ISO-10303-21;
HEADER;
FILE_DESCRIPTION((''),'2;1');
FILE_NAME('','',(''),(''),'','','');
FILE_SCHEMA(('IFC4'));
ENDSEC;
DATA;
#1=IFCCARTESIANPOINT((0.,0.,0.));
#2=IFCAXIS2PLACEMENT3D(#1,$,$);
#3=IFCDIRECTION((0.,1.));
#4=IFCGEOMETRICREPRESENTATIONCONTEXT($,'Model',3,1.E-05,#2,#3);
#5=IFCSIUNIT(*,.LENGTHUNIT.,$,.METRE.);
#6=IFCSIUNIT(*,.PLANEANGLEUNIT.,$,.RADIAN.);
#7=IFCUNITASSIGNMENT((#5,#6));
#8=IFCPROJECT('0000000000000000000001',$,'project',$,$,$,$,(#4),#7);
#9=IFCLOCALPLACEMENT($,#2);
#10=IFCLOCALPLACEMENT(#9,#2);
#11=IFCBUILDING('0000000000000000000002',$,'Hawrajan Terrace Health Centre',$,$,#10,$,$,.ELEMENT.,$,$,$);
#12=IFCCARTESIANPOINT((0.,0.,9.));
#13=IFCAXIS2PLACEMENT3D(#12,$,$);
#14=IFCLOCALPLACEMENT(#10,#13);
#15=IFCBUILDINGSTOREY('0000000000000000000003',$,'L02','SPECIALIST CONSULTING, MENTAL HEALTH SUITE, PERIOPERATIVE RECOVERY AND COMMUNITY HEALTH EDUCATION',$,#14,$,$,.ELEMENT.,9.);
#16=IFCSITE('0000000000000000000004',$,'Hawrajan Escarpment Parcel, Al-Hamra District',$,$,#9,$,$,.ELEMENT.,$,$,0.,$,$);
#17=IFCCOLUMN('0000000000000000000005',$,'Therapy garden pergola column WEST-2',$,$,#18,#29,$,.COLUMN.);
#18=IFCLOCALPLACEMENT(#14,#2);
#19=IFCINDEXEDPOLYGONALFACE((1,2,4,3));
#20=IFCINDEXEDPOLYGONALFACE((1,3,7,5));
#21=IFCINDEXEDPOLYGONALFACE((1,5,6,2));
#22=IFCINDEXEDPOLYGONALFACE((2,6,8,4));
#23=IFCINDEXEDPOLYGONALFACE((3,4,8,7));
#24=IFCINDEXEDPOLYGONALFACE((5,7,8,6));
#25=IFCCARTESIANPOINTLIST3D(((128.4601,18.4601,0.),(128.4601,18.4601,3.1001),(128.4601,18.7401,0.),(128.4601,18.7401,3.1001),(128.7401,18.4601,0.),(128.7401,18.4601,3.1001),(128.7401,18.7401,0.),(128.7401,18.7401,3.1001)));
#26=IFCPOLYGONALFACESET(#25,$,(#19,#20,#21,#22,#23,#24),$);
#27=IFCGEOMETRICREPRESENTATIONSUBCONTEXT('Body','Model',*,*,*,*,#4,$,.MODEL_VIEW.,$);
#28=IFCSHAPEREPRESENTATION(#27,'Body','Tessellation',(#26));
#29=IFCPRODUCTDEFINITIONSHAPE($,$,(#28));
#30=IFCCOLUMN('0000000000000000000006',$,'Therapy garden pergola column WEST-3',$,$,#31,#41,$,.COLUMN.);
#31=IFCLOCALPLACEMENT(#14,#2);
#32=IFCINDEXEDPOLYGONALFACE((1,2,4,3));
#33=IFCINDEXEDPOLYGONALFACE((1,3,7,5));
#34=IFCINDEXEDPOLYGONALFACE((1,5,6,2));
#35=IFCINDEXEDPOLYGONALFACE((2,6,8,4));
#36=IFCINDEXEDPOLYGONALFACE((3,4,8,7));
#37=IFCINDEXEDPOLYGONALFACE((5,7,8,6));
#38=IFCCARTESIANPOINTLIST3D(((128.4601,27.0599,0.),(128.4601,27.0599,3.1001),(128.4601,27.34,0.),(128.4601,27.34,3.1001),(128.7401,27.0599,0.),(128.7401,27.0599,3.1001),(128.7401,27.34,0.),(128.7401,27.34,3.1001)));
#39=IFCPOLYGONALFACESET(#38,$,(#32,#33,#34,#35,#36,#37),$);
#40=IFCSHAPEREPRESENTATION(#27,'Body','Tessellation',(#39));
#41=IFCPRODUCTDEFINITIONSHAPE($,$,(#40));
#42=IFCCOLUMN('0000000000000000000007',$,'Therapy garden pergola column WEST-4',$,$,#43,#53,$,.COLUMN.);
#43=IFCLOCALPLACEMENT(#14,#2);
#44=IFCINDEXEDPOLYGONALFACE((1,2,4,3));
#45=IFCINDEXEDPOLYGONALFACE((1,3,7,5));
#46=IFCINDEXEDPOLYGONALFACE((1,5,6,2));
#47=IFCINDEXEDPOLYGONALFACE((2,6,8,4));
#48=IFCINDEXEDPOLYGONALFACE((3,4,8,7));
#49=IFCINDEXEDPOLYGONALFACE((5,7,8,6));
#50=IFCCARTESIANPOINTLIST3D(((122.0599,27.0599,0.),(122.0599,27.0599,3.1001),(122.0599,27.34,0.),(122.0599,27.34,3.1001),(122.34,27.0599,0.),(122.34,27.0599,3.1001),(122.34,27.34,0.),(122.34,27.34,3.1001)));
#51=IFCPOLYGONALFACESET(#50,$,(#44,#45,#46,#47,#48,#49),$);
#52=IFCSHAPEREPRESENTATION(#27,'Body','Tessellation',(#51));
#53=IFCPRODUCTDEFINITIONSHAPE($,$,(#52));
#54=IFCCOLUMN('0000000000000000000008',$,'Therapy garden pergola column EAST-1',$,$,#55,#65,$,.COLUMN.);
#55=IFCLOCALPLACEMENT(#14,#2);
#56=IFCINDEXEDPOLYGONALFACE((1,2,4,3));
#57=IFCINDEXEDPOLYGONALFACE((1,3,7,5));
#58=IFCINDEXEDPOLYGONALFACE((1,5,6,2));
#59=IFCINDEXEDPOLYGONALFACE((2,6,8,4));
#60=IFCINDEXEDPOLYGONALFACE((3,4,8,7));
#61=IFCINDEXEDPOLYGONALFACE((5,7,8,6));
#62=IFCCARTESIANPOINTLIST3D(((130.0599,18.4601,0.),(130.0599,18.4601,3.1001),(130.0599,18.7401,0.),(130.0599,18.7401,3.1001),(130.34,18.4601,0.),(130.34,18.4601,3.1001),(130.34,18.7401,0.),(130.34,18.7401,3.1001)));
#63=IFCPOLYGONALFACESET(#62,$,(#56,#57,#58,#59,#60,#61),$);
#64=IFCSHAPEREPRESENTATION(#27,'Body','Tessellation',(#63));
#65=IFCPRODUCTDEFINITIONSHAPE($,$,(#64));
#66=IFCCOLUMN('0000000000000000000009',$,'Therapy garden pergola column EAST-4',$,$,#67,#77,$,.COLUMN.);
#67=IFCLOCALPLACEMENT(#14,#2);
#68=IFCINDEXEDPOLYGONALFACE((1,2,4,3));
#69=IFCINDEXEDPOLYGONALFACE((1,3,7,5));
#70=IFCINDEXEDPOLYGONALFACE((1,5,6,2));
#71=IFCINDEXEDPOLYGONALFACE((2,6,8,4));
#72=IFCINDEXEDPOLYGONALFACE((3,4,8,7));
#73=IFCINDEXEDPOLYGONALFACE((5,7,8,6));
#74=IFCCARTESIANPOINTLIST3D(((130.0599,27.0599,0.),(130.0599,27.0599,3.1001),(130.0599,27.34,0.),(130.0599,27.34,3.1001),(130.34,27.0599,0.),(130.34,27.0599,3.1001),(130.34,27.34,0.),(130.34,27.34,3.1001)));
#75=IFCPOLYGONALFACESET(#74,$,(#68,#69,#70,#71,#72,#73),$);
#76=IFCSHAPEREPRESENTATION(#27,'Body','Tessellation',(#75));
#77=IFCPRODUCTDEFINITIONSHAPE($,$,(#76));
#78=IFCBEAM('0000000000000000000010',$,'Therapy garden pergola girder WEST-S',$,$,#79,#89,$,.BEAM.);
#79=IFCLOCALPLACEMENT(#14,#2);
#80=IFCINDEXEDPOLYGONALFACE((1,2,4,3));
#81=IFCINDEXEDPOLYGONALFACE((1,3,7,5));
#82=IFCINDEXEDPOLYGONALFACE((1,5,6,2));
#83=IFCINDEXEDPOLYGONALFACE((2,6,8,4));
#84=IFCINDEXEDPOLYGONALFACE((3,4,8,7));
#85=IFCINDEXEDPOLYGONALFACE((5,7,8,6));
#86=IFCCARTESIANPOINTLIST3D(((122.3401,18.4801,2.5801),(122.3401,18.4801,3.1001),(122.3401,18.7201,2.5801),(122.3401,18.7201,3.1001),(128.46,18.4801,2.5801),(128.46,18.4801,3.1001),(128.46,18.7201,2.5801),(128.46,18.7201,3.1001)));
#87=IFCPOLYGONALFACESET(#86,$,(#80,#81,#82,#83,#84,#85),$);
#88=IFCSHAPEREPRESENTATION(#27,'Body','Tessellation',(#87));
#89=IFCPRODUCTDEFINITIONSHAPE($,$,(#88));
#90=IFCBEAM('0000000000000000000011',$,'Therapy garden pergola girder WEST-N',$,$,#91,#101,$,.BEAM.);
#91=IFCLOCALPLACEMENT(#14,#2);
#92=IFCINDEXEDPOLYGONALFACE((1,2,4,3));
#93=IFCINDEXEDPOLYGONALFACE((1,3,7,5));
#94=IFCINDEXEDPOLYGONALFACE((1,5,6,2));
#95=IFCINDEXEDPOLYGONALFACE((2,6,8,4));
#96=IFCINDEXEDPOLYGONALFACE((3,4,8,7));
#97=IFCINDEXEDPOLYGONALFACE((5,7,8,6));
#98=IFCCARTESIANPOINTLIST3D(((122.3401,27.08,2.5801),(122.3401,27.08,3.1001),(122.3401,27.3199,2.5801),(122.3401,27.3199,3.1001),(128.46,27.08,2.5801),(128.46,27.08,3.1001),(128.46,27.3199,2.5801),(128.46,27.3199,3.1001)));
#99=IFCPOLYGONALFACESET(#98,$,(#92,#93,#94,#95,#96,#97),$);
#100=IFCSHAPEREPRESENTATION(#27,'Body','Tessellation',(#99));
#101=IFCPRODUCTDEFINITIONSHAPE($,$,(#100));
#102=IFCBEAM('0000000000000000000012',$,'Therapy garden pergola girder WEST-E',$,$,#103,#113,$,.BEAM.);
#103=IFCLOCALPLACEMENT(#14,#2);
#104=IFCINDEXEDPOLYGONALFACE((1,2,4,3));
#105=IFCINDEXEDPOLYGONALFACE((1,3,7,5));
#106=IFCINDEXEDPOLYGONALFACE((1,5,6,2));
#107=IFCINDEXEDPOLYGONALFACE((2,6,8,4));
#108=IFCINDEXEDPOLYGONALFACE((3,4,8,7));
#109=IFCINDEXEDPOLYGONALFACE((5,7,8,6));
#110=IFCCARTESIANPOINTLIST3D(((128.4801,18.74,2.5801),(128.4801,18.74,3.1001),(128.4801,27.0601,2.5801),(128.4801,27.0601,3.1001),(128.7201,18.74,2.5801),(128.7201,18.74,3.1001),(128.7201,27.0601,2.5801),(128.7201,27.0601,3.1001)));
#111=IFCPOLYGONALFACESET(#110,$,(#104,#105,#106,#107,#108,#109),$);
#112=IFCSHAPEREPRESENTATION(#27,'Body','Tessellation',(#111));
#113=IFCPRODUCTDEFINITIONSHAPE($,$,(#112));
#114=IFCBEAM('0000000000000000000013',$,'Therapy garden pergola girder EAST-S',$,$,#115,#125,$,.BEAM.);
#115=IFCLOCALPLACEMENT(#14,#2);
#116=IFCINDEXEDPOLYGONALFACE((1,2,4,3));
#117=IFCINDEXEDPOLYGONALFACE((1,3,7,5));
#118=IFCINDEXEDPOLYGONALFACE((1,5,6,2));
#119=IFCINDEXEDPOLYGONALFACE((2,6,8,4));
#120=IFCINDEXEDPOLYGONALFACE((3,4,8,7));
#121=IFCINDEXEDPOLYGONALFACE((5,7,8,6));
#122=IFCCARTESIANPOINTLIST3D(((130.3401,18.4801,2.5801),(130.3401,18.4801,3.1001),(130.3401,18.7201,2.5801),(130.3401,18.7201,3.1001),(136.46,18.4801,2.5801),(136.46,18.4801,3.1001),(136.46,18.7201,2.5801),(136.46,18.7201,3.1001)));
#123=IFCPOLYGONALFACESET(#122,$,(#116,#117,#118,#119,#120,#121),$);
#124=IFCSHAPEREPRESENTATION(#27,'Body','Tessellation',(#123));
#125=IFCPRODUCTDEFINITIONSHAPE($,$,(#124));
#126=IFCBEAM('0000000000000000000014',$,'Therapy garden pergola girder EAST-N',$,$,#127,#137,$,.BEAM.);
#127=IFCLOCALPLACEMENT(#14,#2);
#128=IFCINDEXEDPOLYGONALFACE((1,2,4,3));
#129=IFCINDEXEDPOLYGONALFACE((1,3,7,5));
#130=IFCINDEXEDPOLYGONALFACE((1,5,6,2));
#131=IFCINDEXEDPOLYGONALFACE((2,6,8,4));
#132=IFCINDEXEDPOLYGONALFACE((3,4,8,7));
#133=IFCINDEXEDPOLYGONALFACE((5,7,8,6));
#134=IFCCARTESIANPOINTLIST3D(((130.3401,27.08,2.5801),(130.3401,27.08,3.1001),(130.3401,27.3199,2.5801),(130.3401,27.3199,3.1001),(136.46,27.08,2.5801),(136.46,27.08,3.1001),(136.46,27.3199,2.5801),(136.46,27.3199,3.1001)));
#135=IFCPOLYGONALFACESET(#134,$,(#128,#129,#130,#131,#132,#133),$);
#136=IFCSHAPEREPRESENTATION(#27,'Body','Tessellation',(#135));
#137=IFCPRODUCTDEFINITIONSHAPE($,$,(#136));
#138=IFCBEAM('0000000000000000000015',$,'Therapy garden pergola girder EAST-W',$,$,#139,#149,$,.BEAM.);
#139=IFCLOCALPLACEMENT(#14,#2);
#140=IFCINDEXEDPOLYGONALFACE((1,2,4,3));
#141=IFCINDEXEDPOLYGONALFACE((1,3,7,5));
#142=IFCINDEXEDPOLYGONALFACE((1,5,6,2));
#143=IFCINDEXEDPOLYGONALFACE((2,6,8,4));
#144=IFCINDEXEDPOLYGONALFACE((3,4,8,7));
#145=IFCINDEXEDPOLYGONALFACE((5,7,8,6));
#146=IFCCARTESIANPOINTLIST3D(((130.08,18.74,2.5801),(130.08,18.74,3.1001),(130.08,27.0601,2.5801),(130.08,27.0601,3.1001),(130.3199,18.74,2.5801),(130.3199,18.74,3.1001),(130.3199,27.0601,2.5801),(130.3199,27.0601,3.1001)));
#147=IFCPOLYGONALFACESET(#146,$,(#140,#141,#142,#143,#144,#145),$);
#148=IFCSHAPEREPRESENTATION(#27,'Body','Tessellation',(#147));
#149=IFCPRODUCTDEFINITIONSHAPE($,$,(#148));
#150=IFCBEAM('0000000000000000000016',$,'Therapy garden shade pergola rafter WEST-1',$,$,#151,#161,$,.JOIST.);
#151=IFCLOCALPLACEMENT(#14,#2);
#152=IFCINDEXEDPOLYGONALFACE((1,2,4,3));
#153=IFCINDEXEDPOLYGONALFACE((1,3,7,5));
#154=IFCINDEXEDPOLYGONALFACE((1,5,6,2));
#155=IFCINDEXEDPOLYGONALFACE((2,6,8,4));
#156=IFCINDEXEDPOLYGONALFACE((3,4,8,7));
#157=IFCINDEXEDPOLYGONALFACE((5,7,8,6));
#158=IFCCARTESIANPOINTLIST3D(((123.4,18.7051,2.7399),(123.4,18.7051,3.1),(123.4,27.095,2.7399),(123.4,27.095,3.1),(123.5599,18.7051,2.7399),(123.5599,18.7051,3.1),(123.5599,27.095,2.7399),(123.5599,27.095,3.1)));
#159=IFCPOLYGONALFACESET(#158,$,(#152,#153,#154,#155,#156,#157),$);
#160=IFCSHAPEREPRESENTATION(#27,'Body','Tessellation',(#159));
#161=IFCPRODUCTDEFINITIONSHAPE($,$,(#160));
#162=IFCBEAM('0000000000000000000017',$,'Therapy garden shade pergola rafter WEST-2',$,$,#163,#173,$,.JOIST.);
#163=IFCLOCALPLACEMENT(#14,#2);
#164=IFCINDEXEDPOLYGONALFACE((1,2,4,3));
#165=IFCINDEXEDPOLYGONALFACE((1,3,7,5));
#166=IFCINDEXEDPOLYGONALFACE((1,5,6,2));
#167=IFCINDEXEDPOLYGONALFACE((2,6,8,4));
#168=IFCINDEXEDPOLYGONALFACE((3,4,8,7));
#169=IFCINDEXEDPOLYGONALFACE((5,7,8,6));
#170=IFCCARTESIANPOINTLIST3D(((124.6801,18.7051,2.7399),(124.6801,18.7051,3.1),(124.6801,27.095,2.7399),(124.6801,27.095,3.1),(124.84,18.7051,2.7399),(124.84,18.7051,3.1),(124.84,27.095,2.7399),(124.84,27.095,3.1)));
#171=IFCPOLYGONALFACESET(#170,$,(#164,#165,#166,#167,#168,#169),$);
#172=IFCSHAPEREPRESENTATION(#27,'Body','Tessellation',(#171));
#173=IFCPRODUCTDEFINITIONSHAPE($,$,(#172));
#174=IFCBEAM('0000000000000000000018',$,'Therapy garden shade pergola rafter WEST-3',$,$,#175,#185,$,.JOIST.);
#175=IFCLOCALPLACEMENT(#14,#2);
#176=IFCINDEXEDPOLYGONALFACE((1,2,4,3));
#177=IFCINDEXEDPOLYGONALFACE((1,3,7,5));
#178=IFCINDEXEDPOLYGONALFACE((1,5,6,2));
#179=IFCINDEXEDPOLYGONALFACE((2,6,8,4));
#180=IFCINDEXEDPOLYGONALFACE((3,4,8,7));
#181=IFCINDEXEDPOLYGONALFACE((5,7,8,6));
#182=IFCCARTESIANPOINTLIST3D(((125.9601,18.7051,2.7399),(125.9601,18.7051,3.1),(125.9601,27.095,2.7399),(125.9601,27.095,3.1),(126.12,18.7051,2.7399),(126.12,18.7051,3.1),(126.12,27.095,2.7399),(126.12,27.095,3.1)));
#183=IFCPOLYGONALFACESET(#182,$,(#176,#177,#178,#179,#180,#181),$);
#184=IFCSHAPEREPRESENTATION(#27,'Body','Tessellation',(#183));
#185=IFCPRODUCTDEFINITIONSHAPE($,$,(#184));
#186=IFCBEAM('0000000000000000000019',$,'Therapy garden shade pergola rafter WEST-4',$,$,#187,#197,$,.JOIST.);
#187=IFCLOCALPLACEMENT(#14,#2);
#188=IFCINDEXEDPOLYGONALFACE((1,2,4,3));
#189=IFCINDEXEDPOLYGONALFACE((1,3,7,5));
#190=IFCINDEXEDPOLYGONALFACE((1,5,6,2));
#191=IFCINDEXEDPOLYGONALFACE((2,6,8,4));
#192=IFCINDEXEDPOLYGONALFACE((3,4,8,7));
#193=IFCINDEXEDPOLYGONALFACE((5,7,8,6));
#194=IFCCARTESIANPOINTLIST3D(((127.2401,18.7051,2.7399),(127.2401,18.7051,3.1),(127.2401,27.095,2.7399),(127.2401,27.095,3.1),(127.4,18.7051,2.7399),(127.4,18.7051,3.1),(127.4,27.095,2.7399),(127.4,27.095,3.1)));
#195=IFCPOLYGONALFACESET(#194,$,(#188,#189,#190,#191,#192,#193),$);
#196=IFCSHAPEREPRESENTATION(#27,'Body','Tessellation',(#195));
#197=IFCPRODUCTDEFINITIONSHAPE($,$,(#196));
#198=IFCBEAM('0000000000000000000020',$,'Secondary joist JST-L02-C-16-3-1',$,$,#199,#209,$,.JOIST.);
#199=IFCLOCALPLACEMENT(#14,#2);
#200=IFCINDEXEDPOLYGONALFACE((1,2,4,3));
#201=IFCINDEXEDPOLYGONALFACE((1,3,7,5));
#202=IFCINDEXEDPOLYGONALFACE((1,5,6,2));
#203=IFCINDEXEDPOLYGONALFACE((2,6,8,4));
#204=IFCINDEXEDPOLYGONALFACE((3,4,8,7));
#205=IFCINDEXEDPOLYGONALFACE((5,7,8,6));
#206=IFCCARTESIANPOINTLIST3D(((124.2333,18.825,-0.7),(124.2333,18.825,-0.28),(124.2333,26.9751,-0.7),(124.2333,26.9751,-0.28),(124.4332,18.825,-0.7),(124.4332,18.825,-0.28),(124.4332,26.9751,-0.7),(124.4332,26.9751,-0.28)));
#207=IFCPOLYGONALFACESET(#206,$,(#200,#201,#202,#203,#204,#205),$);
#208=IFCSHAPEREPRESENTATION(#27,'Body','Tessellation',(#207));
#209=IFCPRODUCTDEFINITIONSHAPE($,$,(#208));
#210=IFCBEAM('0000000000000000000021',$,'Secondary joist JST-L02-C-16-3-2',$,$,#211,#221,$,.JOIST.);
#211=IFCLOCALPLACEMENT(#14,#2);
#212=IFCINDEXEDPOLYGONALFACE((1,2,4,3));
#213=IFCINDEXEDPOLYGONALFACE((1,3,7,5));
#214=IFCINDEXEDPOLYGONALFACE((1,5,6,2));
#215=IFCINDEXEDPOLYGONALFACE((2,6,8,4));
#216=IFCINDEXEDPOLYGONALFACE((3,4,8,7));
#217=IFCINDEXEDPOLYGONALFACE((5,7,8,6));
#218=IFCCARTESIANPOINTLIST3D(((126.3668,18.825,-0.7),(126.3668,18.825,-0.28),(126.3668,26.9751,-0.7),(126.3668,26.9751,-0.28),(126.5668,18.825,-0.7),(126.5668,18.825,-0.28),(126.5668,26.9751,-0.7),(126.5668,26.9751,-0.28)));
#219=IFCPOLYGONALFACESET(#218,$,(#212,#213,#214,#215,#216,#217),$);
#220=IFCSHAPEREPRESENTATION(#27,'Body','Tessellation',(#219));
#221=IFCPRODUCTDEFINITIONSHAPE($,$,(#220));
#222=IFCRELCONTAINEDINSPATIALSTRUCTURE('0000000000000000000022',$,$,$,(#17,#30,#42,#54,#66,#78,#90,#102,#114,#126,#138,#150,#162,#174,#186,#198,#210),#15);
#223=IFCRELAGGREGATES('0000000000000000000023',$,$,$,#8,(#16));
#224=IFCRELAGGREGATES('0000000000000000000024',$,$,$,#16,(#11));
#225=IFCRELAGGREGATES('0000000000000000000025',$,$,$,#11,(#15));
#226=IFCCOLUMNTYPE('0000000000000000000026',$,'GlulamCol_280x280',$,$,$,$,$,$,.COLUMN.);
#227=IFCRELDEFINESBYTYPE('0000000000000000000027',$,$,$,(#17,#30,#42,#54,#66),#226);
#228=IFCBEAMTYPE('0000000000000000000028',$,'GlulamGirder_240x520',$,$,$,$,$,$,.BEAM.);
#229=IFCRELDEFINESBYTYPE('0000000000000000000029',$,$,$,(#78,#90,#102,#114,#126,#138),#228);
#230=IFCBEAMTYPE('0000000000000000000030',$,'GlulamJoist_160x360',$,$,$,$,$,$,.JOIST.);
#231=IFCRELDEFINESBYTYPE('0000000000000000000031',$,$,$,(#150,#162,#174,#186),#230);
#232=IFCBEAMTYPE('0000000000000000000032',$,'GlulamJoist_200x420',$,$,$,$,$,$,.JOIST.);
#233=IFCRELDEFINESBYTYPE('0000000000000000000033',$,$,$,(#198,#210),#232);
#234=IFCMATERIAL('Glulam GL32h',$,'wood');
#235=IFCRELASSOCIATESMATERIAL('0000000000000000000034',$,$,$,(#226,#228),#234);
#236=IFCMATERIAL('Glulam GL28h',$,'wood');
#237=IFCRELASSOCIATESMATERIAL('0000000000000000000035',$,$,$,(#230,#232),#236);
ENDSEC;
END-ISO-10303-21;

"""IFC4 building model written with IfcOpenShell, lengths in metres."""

from ifc_helpers import new_model, si_unit, direction, frame, origin, origin_2d, place, context, subcontext, project, spatial, rectangle, extrude, material, material_profile, profile_set, type_object, element, save


model = new_model("IFC4")

# Units and contexts
model_context = context("Model", 3, precision=1e-05, world=origin(), true_north=direction((0.0, 1.0)))
body_context = subcontext(model_context, "Body", "Model", "MODEL_VIEW")
ifc_project = project(units=[si_unit("LENGTHUNIT", "METRE"), si_unit("PLANEANGLEUNIT", "RADIAN")], contexts=[model_context])

# Site, building, storey
site_placement = place(None, origin())
site = spatial("IfcSite", under=ifc_project, at=site_placement, Name="Hawrajan Escarpment Parcel, Al-Hamra District", CompositionType="ELEMENT", RefElevation=0.0)
building_placement = place(site_placement, origin())
building = spatial("IfcBuilding", under=site, at=building_placement, Name="Hawrajan Terrace Health Centre", CompositionType="ELEMENT")
storey_placement = place(building_placement, frame((0.0, 0.0, 9.0)))
storey = spatial("IfcBuildingStorey", under=building, at=storey_placement, Name="L02", Description="SPECIALIST CONSULTING, MENTAL HEALTH SUITE, PERIOPERATIVE RECOVERY AND COMMUNITY HEALTH EDUCATION", CompositionType="ELEMENT", Elevation=9.0)

# Columns
ifc_material_1 = material(Name="Glulam GL32h", Category="wood")
ifc_material_profile_1 = material_profile(ifc_material_1, rectangle(XDim=0.28, YDim=0.28, at=origin_2d()), Name="GL 280x280")
ifc_profile_set_1 = profile_set([ifc_material_profile_1], Name="Glulam GL32h")
column_type = type_object("IfcColumnType", Name="GlulamCol_280x280", PredefinedType="COLUMN", material=ifc_profile_set_1)
for number, where, z_axis, x_axis, name in (
    (1, (128.6001, 18.6001, 0.0), (0.0, 0.0, 1.0), (1.0, 0.0, 0.0), "Therapy garden pergola column WEST-2"),
    (2, (128.6001, 27.2, 0.0), (0.0, 0.0, 1.0), (1.0, 0.0, 0.0), "Therapy garden pergola column WEST-3"),
    (3, (122.2, 27.2, 0.0), (0.0, 0.0, 1.0), (1.0, 0.0, 0.0), "Therapy garden pergola column WEST-4"),
    (4, (130.2, 18.6001, 0.0), (0.0, 0.0, 1.0), (1.0, 0.0, 0.0), "Therapy garden pergola column EAST-1"),
    (5, (130.2, 27.2, 0.0), (0.0, 0.0, 1.0), (1.0, 0.0, 0.0), "Therapy garden pergola column EAST-4"),
):
    element("IfcColumn", number, at=place(storey_placement, frame(where, z_axis=z_axis, x_axis=x_axis)), inside=storey, type_object=column_type, Name=name, PredefinedType="COLUMN", context=body_context, shape_type="SweptSolid", body=[
        extrude(rectangle(XDim=0.28, YDim=0.28, at=origin_2d()), origin(), (0.0, 0.0, 1.0), 3.1001),
    ])

# Beams
ifc_material_profile_2 = material_profile(ifc_material_1, rectangle(XDim=0.24, YDim=0.52, at=origin_2d()), Name="GL BM 240x520")
ifc_profile_set_2 = profile_set([ifc_material_profile_2], Name="Glulam GL32h")
beam_type_1 = type_object("IfcBeamType", Name="GlulamGirder_240x520", PredefinedType="BEAM", material=ifc_profile_set_2)
for number, where, z_axis, x_axis, name in (
    (6, (122.3401, 18.6001, 2.8401), (1.0, 0.0, 0.0), (0.0, 1.0, 0.0), "Therapy garden pergola girder WEST-S"),
    (7, (122.3401, 27.2, 2.8401), (1.0, 0.0, 0.0), (0.0, 1.0, 0.0), "Therapy garden pergola girder WEST-N"),
):
    element("IfcBeam", number, at=place(storey_placement, frame(where, z_axis=z_axis, x_axis=x_axis)), inside=storey, type_object=beam_type_1, Name=name, PredefinedType="BEAM", context=body_context, shape_type="SweptSolid", body=[
        extrude(rectangle(XDim=0.24, YDim=0.52, at=origin_2d()), origin(), (0.0, 0.0, 1.0), 6.1199),
    ])
beam_1_placement = place(storey_placement, frame((128.6001, 18.74, 2.8401), z_axis=(0.0, 1.0, 0.0), x_axis=(-1.0, 0.0, 0.0)))
element("IfcBeam", 8, at=beam_1_placement, inside=storey, type_object=beam_type_1, Name="Therapy garden pergola girder WEST-E", PredefinedType="BEAM", context=body_context, shape_type="SweptSolid", body=[
    extrude(rectangle(XDim=0.24, YDim=0.52, at=origin_2d()), origin(), (0.0, 0.0, 1.0), 8.3201),
])
for number, where, z_axis, x_axis, name in (
    (9, (130.3401, 18.6001, 2.8401), (1.0, 0.0, 0.0), (0.0, 1.0, 0.0), "Therapy garden pergola girder EAST-S"),
    (10, (130.3401, 27.2, 2.8401), (1.0, 0.0, 0.0), (0.0, 1.0, 0.0), "Therapy garden pergola girder EAST-N"),
):
    element("IfcBeam", number, at=place(storey_placement, frame(where, z_axis=z_axis, x_axis=x_axis)), inside=storey, type_object=beam_type_1, Name=name, PredefinedType="BEAM", context=body_context, shape_type="SweptSolid", body=[
        extrude(rectangle(XDim=0.24, YDim=0.52, at=origin_2d()), origin(), (0.0, 0.0, 1.0), 6.1199),
    ])
beam_2_placement = place(storey_placement, frame((130.2, 18.74, 2.8401), z_axis=(0.0, 1.0, 0.0), x_axis=(-1.0, 0.0, 0.0)))
element("IfcBeam", 11, at=beam_2_placement, inside=storey, type_object=beam_type_1, Name="Therapy garden pergola girder EAST-W", PredefinedType="BEAM", context=body_context, shape_type="SweptSolid", body=[
    extrude(rectangle(XDim=0.24, YDim=0.52, at=origin_2d()), origin(), (0.0, 0.0, 1.0), 8.3201),
])
ifc_material_2 = material(Name="Glulam GL28h", Category="wood")
ifc_material_profile_3 = material_profile(ifc_material_2, rectangle(XDim=0.1599, YDim=0.3601, at=origin_2d()), Name="GL JST 160x360")
ifc_profile_set_3 = profile_set([ifc_material_profile_3], Name="Glulam GL28h")
beam_type_2 = type_object("IfcBeamType", Name="GlulamJoist_160x360", PredefinedType="JOIST", material=ifc_profile_set_3)
for number, where, z_axis, x_axis, name in (
    (12, (123.48, 18.7051, 2.9199), (0.0, 1.0, 0.0), (-1.0, 0.0, 0.0), "Therapy garden shade pergola rafter WEST-1"),
    (13, (124.76, 18.7051, 2.9199), (0.0, 1.0, 0.0), (-1.0, 0.0, 0.0), "Therapy garden shade pergola rafter WEST-2"),
    (14, (126.04, 18.7051, 2.9199), (0.0, 1.0, 0.0), (-1.0, 0.0, 0.0), "Therapy garden shade pergola rafter WEST-3"),
    (15, (127.3201, 18.7051, 2.9199), (0.0, 1.0, 0.0), (-1.0, 0.0, 0.0), "Therapy garden shade pergola rafter WEST-4"),
):
    element("IfcBeam", number, at=place(storey_placement, frame(where, z_axis=z_axis, x_axis=x_axis)), inside=storey, type_object=beam_type_2, Name=name, PredefinedType="JOIST", context=body_context, shape_type="SweptSolid", body=[
        extrude(rectangle(XDim=0.1599, YDim=0.3601, at=origin_2d()), origin(), (0.0, 0.0, 1.0), 8.3899),
    ])
ifc_material_profile_4 = material_profile(ifc_material_2, rectangle(XDim=0.2, YDim=0.4199, at=origin_2d()), Name="GL JST 200x420")
ifc_profile_set_4 = profile_set([ifc_material_profile_4], Name="Glulam GL28h")
beam_type_3 = type_object("IfcBeamType", Name="GlulamJoist_200x420", PredefinedType="JOIST", material=ifc_profile_set_4)
for number, where, z_axis, x_axis, name in (
    (16, (124.3333, 18.825, -0.49), (0.0, 1.0, 0.0), (-1.0, 0.0, 0.0), "Secondary joist JST-L02-C-16-3-1"),
    (17, (126.4668, 18.825, -0.49), (0.0, 1.0, 0.0), (-1.0, 0.0, 0.0), "Secondary joist JST-L02-C-16-3-2"),
):
    element("IfcBeam", number, at=place(storey_placement, frame(where, z_axis=z_axis, x_axis=x_axis)), inside=storey, type_object=beam_type_3, Name=name, PredefinedType="JOIST", context=body_context, shape_type="SweptSolid", body=[
        extrude(rectangle(XDim=0.2, YDim=0.4199, at=origin_2d()), origin(), (0.0, 0.0, 1.0), 8.1501),
    ])

save(model, "model.ifc")
